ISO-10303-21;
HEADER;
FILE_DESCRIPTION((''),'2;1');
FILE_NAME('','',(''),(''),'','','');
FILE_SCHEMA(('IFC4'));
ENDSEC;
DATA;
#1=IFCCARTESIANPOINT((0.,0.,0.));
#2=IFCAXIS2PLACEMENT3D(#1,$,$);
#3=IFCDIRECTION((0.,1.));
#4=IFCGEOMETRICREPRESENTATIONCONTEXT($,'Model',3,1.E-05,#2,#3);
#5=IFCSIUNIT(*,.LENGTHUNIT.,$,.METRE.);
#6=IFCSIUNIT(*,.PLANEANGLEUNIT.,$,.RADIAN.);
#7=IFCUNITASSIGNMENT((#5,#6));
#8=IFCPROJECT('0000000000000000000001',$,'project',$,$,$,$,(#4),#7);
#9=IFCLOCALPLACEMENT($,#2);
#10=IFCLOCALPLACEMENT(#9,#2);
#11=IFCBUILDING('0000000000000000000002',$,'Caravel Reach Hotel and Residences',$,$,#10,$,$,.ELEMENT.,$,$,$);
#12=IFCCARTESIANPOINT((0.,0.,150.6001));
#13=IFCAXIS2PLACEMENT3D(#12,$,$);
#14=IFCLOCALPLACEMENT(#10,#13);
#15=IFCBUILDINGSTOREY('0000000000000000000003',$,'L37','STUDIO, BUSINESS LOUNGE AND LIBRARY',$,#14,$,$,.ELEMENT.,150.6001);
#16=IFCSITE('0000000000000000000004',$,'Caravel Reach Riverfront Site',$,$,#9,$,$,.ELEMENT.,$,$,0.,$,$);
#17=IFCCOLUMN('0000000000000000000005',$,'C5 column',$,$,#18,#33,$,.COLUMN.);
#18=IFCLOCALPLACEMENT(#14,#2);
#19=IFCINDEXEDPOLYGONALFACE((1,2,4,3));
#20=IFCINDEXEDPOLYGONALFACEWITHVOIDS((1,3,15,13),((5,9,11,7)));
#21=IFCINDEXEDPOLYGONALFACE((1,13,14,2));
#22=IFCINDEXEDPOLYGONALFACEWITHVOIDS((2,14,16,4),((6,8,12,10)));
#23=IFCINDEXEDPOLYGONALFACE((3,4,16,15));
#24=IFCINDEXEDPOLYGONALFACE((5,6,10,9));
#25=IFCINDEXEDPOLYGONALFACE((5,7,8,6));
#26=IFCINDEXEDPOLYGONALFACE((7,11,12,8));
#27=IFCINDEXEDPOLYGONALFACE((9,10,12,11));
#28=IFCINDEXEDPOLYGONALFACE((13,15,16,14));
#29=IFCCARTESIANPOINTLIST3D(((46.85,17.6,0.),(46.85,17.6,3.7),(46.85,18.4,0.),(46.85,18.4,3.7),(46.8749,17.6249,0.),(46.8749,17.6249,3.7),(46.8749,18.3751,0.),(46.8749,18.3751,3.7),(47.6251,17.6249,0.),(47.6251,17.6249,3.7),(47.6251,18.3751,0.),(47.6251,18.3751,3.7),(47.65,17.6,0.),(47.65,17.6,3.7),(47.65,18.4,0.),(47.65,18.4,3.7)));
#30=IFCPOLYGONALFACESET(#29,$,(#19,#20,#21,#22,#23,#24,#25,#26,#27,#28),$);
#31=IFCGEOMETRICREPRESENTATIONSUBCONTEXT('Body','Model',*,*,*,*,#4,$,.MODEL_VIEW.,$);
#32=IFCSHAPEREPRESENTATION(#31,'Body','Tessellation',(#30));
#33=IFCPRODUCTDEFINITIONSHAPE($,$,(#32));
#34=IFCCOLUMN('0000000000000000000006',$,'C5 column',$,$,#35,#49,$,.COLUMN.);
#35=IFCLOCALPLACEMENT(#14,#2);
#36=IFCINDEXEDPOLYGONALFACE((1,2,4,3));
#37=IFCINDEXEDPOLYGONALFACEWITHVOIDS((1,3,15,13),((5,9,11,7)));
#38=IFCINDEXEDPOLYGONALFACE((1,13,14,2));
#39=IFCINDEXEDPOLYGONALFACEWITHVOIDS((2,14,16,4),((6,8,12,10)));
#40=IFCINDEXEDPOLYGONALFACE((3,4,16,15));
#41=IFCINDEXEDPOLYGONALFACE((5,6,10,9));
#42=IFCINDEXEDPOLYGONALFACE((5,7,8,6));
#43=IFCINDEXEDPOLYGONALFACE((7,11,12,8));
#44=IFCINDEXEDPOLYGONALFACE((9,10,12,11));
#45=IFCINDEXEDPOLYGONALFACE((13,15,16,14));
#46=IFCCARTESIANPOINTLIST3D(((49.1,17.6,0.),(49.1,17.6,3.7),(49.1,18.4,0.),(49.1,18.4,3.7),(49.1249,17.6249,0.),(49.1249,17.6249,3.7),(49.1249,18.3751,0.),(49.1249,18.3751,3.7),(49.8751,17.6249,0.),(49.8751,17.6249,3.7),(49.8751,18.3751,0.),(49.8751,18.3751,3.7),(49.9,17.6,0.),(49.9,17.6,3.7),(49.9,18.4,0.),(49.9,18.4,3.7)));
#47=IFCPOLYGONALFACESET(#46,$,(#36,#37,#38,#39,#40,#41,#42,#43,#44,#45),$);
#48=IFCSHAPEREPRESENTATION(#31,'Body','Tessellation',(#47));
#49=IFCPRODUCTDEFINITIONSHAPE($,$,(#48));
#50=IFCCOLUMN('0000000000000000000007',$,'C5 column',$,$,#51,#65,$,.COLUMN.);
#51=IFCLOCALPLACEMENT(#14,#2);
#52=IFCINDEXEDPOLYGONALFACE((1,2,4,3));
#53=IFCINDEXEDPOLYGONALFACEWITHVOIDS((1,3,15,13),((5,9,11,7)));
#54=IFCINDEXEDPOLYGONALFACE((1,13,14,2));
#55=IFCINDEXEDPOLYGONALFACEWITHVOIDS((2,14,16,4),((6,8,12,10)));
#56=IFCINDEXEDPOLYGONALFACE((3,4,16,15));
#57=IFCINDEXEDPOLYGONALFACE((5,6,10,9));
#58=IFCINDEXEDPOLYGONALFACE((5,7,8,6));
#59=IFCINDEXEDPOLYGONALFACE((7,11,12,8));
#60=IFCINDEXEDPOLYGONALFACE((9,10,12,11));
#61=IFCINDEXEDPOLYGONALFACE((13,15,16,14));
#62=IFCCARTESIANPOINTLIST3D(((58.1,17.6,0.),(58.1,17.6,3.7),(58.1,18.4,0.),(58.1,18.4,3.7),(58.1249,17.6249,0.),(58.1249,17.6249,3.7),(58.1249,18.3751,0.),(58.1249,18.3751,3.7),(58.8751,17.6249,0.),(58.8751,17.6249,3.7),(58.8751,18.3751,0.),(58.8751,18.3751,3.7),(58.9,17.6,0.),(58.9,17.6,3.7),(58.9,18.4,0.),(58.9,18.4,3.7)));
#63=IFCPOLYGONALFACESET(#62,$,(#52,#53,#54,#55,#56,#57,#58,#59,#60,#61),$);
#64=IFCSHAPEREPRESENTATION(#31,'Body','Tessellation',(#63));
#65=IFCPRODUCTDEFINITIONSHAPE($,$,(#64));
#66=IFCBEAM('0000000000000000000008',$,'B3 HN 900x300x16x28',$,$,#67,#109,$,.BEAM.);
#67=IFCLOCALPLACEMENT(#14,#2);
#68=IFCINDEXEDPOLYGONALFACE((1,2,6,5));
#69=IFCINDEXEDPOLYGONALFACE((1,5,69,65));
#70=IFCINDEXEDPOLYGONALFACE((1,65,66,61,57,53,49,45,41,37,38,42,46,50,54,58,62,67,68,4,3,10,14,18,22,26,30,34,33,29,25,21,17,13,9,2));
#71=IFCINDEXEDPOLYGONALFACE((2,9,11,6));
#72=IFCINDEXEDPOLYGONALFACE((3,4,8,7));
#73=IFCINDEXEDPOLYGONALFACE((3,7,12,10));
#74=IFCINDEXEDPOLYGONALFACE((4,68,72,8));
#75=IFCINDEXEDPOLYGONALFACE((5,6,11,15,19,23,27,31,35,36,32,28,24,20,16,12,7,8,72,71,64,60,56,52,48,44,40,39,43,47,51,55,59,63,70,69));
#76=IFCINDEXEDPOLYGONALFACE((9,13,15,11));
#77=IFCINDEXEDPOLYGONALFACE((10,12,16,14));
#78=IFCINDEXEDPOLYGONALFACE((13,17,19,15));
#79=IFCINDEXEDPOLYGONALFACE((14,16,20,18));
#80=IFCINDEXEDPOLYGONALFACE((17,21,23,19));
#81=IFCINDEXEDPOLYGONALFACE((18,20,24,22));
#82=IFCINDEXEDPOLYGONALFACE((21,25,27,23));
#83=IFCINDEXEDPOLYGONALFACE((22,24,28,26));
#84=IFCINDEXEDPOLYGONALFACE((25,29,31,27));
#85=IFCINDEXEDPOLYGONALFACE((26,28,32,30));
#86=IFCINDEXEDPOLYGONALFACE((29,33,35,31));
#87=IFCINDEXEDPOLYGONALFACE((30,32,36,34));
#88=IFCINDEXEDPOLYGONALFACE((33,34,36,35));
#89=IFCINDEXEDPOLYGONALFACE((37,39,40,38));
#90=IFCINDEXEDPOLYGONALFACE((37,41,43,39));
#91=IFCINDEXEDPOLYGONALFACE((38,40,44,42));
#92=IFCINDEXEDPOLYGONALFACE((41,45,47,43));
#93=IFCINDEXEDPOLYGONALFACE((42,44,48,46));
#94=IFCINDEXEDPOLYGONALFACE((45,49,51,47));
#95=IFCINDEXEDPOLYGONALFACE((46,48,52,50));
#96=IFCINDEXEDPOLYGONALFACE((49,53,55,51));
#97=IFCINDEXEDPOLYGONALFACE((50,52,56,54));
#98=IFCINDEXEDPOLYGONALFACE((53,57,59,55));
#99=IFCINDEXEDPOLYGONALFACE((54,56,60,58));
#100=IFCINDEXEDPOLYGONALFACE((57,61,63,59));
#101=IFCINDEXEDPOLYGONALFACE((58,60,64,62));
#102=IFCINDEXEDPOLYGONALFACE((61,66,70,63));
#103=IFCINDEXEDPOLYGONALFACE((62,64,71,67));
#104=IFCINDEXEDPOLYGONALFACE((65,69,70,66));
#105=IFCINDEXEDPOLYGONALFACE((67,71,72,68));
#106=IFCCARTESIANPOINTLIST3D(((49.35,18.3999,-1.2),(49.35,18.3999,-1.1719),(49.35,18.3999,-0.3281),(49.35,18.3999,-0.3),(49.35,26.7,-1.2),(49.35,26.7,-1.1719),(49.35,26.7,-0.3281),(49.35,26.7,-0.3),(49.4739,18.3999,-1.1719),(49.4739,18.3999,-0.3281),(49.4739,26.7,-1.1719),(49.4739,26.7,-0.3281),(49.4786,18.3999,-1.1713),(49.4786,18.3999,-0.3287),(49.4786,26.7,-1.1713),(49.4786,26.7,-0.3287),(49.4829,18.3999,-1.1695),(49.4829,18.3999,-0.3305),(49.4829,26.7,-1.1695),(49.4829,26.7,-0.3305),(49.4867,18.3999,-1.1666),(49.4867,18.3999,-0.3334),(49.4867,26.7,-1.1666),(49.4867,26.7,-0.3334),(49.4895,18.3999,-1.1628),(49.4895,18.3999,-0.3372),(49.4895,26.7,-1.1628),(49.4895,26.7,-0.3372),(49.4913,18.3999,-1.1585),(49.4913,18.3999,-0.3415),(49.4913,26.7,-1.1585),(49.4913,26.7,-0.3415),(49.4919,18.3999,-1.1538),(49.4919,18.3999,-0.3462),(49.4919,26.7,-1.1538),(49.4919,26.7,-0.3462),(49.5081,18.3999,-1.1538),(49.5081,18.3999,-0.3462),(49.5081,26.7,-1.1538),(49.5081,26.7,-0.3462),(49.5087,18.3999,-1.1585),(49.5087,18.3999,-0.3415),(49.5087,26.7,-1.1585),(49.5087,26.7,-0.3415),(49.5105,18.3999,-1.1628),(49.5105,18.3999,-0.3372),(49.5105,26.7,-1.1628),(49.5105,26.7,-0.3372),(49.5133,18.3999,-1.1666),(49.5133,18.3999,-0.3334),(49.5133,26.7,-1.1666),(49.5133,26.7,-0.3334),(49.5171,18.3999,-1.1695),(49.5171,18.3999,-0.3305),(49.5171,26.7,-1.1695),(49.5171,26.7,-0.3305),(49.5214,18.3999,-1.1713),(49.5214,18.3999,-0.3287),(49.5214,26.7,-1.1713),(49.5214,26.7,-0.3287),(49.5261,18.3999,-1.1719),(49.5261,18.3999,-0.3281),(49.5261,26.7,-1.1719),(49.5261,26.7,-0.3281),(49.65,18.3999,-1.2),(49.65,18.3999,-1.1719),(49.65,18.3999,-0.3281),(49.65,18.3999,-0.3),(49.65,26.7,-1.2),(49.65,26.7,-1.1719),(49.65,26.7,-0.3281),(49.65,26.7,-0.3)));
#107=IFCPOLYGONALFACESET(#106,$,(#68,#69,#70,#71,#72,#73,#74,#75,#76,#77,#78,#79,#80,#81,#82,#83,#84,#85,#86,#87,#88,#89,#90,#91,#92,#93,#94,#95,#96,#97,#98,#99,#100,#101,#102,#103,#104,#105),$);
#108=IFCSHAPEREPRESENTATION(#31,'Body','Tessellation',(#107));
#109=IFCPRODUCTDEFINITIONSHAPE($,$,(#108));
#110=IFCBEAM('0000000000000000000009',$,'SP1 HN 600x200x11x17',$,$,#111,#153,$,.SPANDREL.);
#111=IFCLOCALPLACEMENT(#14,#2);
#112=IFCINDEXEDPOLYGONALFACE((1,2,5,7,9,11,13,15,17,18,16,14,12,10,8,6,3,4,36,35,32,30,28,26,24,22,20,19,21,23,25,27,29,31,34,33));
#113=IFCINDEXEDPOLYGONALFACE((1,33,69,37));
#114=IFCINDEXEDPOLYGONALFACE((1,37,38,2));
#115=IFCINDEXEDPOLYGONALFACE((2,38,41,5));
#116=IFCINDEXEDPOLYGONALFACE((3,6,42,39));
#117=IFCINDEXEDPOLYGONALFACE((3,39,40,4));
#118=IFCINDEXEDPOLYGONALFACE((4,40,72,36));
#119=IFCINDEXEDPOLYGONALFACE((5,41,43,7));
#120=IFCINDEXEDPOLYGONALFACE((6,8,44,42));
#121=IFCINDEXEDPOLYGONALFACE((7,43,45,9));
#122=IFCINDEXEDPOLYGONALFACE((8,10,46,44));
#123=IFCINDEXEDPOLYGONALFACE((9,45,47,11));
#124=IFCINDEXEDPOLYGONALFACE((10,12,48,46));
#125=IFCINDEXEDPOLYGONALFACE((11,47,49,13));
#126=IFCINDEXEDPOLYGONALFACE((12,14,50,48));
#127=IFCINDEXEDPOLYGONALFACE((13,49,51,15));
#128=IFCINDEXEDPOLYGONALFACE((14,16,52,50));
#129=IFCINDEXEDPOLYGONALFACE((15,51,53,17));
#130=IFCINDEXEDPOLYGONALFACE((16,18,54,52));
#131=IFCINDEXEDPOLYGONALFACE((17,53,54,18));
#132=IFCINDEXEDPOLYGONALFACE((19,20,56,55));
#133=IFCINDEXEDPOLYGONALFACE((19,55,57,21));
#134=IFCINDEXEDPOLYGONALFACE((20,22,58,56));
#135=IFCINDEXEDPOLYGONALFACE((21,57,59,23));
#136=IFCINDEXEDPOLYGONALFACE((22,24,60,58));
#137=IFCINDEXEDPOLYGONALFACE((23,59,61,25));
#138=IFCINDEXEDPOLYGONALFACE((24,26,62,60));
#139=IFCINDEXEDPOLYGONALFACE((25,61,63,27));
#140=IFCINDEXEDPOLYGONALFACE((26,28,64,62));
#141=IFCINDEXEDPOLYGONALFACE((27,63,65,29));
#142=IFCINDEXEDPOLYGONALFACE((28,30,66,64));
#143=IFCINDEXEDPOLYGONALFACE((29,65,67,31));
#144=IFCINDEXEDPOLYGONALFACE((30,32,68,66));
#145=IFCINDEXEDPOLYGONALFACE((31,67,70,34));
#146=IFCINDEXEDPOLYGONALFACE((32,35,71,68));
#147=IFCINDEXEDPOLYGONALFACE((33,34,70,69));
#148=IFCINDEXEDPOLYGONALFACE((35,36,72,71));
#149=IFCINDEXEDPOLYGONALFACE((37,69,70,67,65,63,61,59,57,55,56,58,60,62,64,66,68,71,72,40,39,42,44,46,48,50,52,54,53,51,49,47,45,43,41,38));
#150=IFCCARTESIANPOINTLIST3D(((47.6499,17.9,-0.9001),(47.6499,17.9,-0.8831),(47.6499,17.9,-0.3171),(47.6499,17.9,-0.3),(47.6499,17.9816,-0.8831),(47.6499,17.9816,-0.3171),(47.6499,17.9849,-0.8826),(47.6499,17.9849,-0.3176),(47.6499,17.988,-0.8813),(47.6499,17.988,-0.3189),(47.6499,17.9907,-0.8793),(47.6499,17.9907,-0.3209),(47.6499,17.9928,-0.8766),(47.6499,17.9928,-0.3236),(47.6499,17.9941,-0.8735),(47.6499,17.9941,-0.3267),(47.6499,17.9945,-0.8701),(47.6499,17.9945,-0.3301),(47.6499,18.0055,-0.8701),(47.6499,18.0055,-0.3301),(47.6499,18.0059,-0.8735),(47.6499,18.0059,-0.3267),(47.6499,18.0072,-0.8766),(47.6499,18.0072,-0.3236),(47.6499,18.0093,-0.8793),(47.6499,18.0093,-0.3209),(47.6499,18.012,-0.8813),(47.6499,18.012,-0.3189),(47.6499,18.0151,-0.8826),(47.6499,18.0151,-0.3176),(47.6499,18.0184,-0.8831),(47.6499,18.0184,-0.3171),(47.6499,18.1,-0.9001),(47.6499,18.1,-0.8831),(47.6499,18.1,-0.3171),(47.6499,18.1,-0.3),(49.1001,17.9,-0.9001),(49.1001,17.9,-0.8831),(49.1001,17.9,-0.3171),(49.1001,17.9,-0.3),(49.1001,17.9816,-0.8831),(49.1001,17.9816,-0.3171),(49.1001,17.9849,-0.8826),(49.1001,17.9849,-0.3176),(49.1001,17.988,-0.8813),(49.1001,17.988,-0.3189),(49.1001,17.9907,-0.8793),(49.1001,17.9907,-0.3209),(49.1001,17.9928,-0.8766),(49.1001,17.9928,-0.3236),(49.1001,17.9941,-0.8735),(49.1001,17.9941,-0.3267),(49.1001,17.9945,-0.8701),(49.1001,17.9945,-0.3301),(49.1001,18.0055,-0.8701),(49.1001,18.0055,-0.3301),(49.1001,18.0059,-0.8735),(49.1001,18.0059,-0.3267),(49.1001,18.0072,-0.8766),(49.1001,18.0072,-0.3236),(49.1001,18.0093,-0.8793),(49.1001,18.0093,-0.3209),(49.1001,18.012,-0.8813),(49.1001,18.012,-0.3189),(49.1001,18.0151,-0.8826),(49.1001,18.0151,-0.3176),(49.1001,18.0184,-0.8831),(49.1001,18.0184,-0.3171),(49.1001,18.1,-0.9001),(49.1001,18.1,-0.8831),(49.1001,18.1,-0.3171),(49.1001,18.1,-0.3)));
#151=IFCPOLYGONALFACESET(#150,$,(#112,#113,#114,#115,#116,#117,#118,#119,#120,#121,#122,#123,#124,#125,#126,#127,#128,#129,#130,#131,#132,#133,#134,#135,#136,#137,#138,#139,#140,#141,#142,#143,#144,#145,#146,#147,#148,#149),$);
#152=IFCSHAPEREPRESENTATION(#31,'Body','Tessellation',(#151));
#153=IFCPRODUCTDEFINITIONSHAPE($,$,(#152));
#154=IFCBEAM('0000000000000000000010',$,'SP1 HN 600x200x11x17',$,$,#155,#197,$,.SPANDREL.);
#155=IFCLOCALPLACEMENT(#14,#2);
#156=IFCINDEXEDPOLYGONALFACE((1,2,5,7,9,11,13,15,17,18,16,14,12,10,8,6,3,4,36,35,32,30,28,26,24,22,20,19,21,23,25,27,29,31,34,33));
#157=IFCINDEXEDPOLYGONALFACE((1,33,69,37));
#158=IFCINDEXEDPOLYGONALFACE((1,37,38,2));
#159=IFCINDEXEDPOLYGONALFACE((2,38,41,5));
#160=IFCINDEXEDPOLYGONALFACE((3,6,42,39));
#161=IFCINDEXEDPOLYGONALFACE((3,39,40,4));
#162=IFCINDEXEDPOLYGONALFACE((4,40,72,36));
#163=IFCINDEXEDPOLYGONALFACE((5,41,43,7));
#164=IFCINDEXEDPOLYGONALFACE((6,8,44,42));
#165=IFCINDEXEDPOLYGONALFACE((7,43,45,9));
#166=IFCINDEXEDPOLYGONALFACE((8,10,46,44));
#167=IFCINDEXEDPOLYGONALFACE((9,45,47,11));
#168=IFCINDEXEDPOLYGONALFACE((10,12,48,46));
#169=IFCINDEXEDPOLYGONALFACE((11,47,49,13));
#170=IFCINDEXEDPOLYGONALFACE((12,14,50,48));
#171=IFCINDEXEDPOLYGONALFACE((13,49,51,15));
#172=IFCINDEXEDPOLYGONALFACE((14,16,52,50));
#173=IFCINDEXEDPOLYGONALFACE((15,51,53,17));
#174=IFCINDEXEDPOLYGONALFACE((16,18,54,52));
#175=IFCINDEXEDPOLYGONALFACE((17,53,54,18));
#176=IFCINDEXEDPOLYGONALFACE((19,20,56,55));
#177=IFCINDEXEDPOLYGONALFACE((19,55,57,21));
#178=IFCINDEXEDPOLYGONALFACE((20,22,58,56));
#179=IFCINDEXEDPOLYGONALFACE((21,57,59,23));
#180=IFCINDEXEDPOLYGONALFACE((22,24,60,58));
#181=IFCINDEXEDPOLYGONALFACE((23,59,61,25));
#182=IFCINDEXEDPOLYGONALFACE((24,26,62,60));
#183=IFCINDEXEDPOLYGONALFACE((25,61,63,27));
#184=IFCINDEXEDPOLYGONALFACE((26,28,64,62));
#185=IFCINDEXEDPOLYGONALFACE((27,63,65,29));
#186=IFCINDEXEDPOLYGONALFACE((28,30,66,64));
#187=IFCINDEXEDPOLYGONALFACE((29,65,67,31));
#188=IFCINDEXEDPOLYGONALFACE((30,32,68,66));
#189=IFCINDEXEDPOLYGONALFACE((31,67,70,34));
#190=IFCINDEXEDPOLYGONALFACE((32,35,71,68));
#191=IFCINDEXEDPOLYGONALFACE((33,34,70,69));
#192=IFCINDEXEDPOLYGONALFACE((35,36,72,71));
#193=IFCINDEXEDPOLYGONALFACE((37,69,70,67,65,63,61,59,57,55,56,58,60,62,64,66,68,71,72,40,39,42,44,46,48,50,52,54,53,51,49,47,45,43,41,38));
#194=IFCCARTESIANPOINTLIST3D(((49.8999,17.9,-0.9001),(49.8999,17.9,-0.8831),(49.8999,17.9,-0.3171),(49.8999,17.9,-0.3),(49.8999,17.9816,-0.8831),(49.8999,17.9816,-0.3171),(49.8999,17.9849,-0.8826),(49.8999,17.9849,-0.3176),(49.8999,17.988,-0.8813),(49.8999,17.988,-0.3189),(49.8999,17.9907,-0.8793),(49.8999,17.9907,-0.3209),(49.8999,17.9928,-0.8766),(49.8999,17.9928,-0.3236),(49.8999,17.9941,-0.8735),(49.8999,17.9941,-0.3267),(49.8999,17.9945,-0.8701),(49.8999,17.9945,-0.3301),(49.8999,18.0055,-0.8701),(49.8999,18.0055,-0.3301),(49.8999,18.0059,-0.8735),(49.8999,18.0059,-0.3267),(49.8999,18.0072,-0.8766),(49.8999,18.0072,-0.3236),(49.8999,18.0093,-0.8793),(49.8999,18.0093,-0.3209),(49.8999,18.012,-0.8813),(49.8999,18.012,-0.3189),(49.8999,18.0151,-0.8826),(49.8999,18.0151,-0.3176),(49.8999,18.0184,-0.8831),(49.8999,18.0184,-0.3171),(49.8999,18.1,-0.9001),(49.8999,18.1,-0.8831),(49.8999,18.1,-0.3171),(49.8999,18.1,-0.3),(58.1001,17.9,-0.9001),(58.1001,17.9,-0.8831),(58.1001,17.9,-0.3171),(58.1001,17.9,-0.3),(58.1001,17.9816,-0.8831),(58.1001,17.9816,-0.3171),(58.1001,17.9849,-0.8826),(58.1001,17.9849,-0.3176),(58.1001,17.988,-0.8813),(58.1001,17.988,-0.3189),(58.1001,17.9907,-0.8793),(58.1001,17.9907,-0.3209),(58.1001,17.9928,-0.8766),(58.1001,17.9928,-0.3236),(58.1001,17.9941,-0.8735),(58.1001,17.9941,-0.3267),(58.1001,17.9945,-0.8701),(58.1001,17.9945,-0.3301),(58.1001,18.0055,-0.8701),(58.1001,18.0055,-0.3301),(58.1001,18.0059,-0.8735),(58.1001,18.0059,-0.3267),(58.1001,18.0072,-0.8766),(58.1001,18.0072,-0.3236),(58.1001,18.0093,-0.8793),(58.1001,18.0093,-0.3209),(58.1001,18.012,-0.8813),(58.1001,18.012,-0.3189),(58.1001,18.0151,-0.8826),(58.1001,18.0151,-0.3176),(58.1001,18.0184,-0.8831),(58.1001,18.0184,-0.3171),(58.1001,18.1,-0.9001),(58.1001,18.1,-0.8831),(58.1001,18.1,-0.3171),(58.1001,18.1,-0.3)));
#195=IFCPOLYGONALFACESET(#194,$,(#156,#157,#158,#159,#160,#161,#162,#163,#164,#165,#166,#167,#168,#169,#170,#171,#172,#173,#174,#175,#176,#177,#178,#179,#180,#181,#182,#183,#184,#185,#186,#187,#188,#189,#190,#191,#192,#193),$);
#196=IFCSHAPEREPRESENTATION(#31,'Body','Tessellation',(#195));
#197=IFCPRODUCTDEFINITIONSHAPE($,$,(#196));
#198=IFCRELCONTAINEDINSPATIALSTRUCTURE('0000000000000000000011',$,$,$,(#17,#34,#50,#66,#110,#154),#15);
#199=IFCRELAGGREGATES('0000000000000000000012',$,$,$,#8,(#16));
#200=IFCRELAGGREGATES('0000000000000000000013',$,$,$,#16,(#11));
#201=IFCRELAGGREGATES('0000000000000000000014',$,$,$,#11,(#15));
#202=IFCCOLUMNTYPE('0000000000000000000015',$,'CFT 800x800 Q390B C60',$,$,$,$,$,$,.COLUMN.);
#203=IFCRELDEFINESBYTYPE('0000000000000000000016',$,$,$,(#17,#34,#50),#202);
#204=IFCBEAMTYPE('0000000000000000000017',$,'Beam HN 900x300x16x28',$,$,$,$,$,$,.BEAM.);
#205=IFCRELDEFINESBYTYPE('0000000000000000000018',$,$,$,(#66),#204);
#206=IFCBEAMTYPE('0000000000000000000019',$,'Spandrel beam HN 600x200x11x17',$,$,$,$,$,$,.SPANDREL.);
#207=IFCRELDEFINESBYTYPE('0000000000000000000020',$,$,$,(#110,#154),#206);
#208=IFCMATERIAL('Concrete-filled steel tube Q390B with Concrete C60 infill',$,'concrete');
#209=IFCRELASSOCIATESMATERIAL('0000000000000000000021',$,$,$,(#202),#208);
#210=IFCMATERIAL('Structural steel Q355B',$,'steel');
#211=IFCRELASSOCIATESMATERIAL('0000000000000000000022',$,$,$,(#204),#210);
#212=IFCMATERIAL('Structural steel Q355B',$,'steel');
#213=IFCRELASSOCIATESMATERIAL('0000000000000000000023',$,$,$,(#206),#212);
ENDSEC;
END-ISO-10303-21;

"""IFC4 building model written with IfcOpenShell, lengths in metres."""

from ifc_helpers import new_model, si_unit, direction, frame, origin, origin_2d, place, context, subcontext, project, spatial, hollow_rectangle, i_section, extrude, material, material_profile, profile_set, type_object, element, save


model = new_model("IFC4")

# Units and contexts
model_context = context("Model", 3, precision=1e-05, world=origin(), true_north=direction((0.0, 1.0)))
body_context = subcontext(model_context, "Body", "Model", "MODEL_VIEW")
ifc_project = project(units=[si_unit("LENGTHUNIT", "METRE"), si_unit("PLANEANGLEUNIT", "RADIAN")], contexts=[model_context])

# Site, building, storey
site_placement = place(None, origin())
site = spatial("IfcSite", under=ifc_project, at=site_placement, Name="Caravel Reach Riverfront Site", CompositionType="ELEMENT", RefElevation=0.0)
building_placement = place(site_placement, origin())
building = spatial("IfcBuilding", under=site, at=building_placement, Name="Caravel Reach Hotel and Residences", CompositionType="ELEMENT")
storey_placement = place(building_placement, frame((0.0, 0.0, 150.6001)))
storey = spatial("IfcBuildingStorey", under=building, at=storey_placement, Name="L37", Description="STUDIO, BUSINESS LOUNGE AND LIBRARY", CompositionType="ELEMENT", Elevation=150.6001)

# Columns
ifc_material_1 = material(Name="Concrete-filled steel tube Q390B with Concrete C60 infill", Category="concrete")
ifc_material_profile_1 = material_profile(ifc_material_1, hollow_rectangle(XDim=0.8, YDim=0.8, WallThickness=0.0249, at=origin_2d()), Name="RHS 800x800x25")
ifc_profile_set_1 = profile_set([ifc_material_profile_1], Name="Concrete-filled steel tube Q390B with Concrete C60 infill")
column_type = type_object("IfcColumnType", Name="CFT 800x800 Q390B C60", PredefinedType="COLUMN", material=ifc_profile_set_1)
for number, where, z_axis, x_axis, name in (
    (1, (47.25, 18.0, 0.0), (0.0, 0.0, 1.0), (1.0, 0.0, 0.0), "C5 column"),
    (2, (49.5, 18.0, 0.0), (0.0, 0.0, 1.0), (1.0, 0.0, 0.0), "C5 column"),
    (3, (58.5, 18.0, 0.0), (0.0, 0.0, 1.0), (1.0, 0.0, 0.0), "C5 column"),
):
    element("IfcColumn", number, at=place(storey_placement, frame(where, z_axis=z_axis, x_axis=x_axis)), inside=storey, type_object=column_type, Name=name, PredefinedType="COLUMN", context=body_context, shape_type="SweptSolid", body=[
        extrude(hollow_rectangle(XDim=0.8, YDim=0.8, WallThickness=0.0249, at=origin_2d()), origin(), (0.0, 0.0, 1.0), 3.7),
    ])

# Beams
ifc_material_2 = material(Name="Structural steel Q355B", Category="steel")
ifc_material_profile_2 = material_profile(ifc_material_2, i_section(OverallWidth=0.3, OverallDepth=0.8999, WebThickness=0.0161, FlangeThickness=0.0281, FilletRadius=0.0181, at=origin_2d()), Name="HN 900x300x16x28")
ifc_profile_set_2 = profile_set([ifc_material_profile_2], Name="Structural steel Q355B")
beam_type_1 = type_object("IfcBeamType", Name="Beam HN 900x300x16x28", PredefinedType="BEAM", material=ifc_profile_set_2)
beam_1_placement = place(storey_placement, frame((49.5, 18.3999, -0.75), z_axis=(0.0, 1.0, 0.0), x_axis=(-1.0, 0.0, 0.0)))
element("IfcBeam", 4, at=beam_1_placement, inside=storey, type_object=beam_type_1, Name="B3 HN 900x300x16x28", PredefinedType="BEAM", context=body_context, shape_type="SweptSolid", body=[
    extrude(i_section(OverallWidth=0.3, OverallDepth=0.8999, WebThickness=0.0161, FlangeThickness=0.0281, FilletRadius=0.0181, at=origin_2d()), origin(), (0.0, 0.0, 1.0), 8.3),
])
ifc_material_3 = material(Name="Structural steel Q355B", Category="steel")
ifc_material_profile_3 = material_profile(ifc_material_3, i_section(OverallWidth=0.2, OverallDepth=0.6001, WebThickness=0.011, FlangeThickness=0.0171, FilletRadius=0.0129, at=origin_2d()), Name="HN 600x200x11x17")
ifc_profile_set_3 = profile_set([ifc_material_profile_3], Name="Structural steel Q355B")
beam_type_2 = type_object("IfcBeamType", Name="Spandrel beam HN 600x200x11x17", PredefinedType="SPANDREL", material=ifc_profile_set_3)
beam_2_placement = place(storey_placement, frame((47.6499, 18.0, -0.6001), z_axis=(1.0, 0.0, 0.0), x_axis=(0.0, 1.0, 0.0)))
element("IfcBeam", 5, at=beam_2_placement, inside=storey, type_object=beam_type_2, Name="SP1 HN 600x200x11x17", PredefinedType="SPANDREL", context=body_context, shape_type="SweptSolid", body=[
    extrude(i_section(OverallWidth=0.2, OverallDepth=0.6001, WebThickness=0.011, FlangeThickness=0.0171, FilletRadius=0.0129, at=origin_2d()), origin(), (0.0, 0.0, 1.0), 1.4502),
])
beam_3_placement = place(storey_placement, frame((49.8999, 18.0, -0.6001), z_axis=(1.0, 0.0, 0.0), x_axis=(0.0, 1.0, 0.0)))
element("IfcBeam", 6, at=beam_3_placement, inside=storey, type_object=beam_type_2, Name="SP1 HN 600x200x11x17", PredefinedType="SPANDREL", context=body_context, shape_type="SweptSolid", body=[
    extrude(i_section(OverallWidth=0.2, OverallDepth=0.6001, WebThickness=0.011, FlangeThickness=0.0171, FilletRadius=0.0129, at=origin_2d()), origin(), (0.0, 0.0, 1.0), 8.2002),
])

save(model, "model.ifc")
